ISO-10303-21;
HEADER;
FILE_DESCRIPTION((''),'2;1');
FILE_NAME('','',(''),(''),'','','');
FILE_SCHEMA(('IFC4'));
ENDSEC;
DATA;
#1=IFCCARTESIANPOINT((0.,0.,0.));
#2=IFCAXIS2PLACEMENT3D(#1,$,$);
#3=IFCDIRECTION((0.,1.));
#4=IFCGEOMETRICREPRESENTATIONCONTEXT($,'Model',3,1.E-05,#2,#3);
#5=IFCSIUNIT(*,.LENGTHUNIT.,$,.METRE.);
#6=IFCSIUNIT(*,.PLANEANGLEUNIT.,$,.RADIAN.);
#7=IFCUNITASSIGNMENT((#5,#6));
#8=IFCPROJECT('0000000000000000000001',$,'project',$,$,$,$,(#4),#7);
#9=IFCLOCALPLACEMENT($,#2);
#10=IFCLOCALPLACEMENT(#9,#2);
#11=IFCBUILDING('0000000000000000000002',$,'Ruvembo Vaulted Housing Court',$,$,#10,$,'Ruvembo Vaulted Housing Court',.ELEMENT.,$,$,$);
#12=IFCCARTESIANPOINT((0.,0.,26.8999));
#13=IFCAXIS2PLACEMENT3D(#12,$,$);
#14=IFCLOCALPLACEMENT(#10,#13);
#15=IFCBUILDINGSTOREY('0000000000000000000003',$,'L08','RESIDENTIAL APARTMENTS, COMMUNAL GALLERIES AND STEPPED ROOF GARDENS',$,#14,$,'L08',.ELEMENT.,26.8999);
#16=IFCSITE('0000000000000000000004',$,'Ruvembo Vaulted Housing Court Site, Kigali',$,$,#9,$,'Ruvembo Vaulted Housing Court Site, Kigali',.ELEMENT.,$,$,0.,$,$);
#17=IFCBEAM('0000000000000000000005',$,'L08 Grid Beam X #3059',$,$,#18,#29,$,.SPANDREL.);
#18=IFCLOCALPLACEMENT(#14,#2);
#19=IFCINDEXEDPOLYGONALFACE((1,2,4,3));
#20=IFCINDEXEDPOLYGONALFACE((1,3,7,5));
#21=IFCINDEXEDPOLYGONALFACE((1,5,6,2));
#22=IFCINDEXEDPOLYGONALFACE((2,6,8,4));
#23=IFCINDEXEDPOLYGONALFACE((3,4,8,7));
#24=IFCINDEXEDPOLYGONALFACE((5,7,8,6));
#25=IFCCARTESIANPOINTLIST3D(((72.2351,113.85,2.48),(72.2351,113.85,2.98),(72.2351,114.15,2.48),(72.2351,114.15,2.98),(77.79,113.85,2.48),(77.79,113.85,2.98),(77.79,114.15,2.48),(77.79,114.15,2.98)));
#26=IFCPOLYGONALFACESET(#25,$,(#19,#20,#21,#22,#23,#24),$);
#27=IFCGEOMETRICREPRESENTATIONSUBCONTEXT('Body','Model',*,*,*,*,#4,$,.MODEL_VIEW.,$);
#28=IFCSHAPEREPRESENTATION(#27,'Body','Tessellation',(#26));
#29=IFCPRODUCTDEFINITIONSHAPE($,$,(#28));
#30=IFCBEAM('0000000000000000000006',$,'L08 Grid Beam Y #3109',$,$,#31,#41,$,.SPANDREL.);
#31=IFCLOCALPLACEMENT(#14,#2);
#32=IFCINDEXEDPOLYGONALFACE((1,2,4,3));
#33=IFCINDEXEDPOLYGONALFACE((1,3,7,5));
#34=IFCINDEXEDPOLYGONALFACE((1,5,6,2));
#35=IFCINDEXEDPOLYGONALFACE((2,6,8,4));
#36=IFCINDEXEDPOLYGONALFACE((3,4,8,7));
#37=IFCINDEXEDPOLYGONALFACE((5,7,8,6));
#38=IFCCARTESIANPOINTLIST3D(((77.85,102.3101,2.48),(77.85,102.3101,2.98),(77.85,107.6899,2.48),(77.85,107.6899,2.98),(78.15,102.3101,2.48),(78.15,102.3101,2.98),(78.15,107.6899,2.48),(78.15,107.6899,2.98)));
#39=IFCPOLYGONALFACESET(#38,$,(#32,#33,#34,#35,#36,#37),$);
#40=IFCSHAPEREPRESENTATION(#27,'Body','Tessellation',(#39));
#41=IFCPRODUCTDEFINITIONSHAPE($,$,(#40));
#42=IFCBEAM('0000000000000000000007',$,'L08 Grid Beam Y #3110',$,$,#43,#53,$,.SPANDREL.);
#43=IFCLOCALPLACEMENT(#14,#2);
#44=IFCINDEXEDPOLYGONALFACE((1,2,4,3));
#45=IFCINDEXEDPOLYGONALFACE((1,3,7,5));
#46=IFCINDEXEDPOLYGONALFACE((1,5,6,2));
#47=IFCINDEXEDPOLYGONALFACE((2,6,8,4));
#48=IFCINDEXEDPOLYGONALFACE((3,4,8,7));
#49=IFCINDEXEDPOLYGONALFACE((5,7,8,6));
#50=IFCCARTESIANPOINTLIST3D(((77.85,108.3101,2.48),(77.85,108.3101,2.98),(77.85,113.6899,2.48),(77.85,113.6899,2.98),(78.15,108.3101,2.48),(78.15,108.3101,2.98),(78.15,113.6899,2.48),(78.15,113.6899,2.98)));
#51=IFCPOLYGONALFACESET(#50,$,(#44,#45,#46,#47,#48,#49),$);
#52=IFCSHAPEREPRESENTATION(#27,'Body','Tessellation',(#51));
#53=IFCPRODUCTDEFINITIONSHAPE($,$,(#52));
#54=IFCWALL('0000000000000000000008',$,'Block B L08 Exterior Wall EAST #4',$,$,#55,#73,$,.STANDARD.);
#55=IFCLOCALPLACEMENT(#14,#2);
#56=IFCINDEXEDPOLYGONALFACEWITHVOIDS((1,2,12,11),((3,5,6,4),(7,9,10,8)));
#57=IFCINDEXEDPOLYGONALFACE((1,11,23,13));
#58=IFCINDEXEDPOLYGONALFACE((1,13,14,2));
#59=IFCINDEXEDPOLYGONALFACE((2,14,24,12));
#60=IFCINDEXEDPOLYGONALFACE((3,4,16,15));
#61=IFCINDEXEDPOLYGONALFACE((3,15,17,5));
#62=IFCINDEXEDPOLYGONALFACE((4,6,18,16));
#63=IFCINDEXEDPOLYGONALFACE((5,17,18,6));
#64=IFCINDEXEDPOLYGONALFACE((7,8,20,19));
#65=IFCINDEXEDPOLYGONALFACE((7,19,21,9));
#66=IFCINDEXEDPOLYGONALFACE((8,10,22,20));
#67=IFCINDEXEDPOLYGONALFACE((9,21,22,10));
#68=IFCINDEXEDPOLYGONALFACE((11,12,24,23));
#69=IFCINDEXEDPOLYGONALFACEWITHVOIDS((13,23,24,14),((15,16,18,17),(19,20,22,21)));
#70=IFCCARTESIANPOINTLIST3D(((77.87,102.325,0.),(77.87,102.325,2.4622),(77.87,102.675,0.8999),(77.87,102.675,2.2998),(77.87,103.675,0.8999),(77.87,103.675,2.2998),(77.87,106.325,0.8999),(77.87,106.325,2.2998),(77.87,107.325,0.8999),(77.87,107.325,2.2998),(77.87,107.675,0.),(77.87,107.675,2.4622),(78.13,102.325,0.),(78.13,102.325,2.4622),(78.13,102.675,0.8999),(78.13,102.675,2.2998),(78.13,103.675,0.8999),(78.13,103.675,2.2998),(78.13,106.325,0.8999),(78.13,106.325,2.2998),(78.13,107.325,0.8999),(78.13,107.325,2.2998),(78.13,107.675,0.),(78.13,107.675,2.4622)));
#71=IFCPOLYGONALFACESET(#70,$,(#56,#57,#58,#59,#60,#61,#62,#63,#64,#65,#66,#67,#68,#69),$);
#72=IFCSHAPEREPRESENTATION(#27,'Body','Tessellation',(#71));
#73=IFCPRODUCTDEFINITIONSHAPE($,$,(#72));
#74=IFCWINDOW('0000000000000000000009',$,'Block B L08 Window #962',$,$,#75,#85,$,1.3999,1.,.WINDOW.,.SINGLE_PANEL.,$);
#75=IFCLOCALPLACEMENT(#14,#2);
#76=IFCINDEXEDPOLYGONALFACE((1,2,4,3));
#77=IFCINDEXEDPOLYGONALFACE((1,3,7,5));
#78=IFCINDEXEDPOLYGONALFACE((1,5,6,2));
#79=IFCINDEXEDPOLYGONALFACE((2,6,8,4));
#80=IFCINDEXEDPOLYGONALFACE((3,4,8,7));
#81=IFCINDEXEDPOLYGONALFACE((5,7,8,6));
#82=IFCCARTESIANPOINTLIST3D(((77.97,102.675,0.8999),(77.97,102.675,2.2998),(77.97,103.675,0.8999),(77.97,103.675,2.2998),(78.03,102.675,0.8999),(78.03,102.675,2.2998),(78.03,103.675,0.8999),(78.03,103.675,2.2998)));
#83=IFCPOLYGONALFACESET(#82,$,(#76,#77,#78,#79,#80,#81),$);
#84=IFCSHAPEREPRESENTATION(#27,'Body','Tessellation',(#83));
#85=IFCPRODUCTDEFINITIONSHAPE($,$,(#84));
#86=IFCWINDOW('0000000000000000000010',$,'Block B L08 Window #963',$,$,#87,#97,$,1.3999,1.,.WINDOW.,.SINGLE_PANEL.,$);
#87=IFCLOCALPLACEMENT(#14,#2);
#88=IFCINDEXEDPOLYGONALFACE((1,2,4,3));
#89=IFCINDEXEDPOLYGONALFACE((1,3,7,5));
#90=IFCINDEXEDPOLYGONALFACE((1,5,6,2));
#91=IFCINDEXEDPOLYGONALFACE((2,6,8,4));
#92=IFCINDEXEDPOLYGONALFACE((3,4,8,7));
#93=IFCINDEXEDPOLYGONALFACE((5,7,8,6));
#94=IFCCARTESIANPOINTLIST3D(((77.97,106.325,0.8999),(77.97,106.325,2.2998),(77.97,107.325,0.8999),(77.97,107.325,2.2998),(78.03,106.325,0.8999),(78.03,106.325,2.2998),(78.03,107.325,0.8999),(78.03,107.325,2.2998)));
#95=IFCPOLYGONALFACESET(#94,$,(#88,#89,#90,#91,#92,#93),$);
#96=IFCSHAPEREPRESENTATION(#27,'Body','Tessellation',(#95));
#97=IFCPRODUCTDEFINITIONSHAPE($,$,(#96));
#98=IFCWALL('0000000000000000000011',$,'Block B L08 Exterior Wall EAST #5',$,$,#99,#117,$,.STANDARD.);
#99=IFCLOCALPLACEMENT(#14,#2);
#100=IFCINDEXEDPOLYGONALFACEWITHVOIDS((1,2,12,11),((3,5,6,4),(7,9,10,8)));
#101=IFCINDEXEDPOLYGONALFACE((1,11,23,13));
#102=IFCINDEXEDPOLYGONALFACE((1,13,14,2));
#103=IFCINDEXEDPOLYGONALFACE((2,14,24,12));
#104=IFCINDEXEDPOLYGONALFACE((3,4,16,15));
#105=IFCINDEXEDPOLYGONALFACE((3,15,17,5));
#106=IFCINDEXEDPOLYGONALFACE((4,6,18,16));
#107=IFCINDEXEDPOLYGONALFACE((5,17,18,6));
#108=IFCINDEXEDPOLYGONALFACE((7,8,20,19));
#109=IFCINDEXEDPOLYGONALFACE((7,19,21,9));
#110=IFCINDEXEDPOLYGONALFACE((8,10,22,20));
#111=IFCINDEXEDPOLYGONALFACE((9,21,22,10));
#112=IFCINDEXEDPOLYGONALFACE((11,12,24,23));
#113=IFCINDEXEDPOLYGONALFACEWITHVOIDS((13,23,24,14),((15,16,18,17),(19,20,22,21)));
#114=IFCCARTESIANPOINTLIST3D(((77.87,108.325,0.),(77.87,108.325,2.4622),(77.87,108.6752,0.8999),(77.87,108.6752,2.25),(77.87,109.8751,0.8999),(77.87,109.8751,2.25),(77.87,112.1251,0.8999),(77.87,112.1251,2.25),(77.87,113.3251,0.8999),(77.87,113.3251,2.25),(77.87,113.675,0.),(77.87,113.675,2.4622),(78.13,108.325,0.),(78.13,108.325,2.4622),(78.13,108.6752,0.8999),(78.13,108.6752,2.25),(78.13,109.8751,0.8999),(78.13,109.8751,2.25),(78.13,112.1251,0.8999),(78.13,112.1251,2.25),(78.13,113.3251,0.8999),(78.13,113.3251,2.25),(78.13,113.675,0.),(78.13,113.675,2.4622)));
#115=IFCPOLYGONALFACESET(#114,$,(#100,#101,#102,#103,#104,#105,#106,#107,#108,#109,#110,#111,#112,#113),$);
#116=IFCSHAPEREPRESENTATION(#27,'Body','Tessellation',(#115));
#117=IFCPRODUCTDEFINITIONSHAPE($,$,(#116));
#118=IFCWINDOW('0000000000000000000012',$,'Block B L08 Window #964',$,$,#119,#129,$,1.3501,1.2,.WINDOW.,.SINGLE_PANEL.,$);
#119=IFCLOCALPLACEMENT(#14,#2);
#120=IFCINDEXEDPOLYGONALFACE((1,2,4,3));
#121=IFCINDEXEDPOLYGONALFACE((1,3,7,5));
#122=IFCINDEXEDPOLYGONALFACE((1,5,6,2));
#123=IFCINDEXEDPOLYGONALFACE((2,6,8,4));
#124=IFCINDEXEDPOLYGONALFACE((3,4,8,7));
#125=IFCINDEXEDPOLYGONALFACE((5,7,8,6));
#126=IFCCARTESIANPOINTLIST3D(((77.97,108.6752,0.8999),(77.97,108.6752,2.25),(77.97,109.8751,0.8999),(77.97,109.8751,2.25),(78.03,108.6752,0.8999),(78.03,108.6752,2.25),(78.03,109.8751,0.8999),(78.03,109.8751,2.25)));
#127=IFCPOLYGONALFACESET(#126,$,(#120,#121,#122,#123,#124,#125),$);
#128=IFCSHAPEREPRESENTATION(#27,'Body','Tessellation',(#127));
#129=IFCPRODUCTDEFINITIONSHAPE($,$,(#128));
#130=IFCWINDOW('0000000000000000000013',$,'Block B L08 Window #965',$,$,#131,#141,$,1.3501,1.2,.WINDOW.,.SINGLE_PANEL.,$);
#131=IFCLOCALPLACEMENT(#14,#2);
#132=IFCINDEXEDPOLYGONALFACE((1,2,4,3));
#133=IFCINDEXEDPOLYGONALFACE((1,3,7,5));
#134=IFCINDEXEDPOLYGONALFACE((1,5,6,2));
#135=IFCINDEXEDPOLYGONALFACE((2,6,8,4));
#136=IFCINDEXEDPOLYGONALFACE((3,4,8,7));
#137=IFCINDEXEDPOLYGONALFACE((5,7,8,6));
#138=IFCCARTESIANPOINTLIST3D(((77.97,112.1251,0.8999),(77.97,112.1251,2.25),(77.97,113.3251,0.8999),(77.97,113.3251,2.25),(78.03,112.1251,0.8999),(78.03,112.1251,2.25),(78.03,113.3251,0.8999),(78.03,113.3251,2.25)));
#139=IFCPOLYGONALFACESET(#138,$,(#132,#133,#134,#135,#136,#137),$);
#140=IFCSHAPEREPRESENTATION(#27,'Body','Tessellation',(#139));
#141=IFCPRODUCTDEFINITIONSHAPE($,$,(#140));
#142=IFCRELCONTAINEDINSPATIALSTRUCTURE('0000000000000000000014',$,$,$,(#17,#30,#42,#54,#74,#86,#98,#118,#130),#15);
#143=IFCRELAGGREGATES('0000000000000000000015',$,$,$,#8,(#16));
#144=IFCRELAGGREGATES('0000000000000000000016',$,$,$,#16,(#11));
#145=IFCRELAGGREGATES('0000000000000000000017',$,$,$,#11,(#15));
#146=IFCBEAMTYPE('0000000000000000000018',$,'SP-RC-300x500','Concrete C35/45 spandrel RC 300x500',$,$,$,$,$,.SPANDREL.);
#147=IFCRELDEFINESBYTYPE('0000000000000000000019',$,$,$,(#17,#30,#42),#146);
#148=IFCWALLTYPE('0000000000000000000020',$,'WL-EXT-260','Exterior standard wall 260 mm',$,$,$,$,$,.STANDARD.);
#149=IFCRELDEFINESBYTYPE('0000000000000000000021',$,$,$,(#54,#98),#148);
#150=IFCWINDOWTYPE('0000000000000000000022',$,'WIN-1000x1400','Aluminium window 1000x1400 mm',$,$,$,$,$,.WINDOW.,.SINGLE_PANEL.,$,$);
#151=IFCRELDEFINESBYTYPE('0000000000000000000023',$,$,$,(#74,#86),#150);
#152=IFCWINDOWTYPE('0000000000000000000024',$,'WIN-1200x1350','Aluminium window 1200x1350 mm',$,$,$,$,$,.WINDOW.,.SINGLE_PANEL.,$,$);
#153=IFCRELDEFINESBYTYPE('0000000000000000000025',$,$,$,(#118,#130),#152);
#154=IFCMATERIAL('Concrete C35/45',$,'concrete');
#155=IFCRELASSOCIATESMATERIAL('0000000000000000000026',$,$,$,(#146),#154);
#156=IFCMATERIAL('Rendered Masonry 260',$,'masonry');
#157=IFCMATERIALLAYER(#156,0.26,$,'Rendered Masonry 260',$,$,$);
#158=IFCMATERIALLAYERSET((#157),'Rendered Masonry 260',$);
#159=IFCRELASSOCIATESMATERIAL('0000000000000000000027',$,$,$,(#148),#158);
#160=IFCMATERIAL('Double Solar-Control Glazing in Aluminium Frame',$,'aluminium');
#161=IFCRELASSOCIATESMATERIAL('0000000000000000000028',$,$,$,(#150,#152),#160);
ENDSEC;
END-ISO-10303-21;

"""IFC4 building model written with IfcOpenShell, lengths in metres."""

from ifc_helpers import new_model, si_unit, direction, frame, frame_2d, origin, origin_2d, place, context, subcontext, project, spatial, rectangle, extrude, material, layer, layer_set, material_profile, profile_set, type_object, element, fill, save


model = new_model("IFC4")

# Units and contexts
model_context = context("Model", 3, precision=1e-05, world=origin(), true_north=direction((0.0, 1.0)))
body_context = subcontext(model_context, "Body", "Model", "MODEL_VIEW")
ifc_project = project(units=[si_unit("LENGTHUNIT", "METRE"), si_unit("PLANEANGLEUNIT", "RADIAN")], contexts=[model_context])

# Site, building, storey
site_placement = place(None, origin())
site = spatial("IfcSite", under=ifc_project, at=site_placement, Name="Ruvembo Vaulted Housing Court Site, Kigali", LongName="Ruvembo Vaulted Housing Court Site, Kigali", CompositionType="ELEMENT", RefElevation=0.0)
building_placement = place(site_placement, origin())
building = spatial("IfcBuilding", under=site, at=building_placement, Name="Ruvembo Vaulted Housing Court", LongName="Ruvembo Vaulted Housing Court", CompositionType="ELEMENT")
storey_placement = place(building_placement, frame((0.0, 0.0, 26.8999)))
storey = spatial("IfcBuildingStorey", under=building, at=storey_placement, Name="L08", Description="RESIDENTIAL APARTMENTS, COMMUNAL GALLERIES AND STEPPED ROOF GARDENS", LongName="L08", CompositionType="ELEMENT", Elevation=26.8999)

# Shared definitions
ifc_material_1 = material(Name="Concrete C35/45", Category="concrete")

# Beams
ifc_material_profile_1 = material_profile(ifc_material_1, rectangle(XDim=0.3, YDim=0.5, at=origin_2d()), Name="RC 300x500")
ifc_profile_set_1 = profile_set([ifc_material_profile_1], Name="Concrete C35/45")
beam_type_1 = type_object("IfcBeamType", Name="SP-RC-300x500", Description="Concrete C35/45 spandrel RC 300x500", PredefinedType="SPANDREL", material=ifc_profile_set_1)
for number, where, z_axis, x_axis, name in (
    (1, (72.2351, 114.0, 2.73), (1.0, 0.0, 0.0), (0.0, 1.0, 0.0), "L08 Grid Beam X #3059"),
):
    element("IfcBeam", number, at=place(storey_placement, frame(where, z_axis=z_axis, x_axis=x_axis)), inside=storey, type_object=beam_type_1, Name=name, PredefinedType="SPANDREL", context=body_context, shape_type="SweptSolid", body=[
        extrude(rectangle(XDim=0.3, YDim=0.5, at=origin_2d()), origin(), (0.0, 0.0, 1.0), 5.5549),
    ])
for number, where, z_axis, x_axis, name in (
    (2, (78.0, 102.3101, 2.73), (0.0, 1.0, 0.0), (-1.0, 0.0, 0.0), "L08 Grid Beam Y #3109"),
    (3, (78.0, 108.3101, 2.73), (0.0, 1.0, 0.0), (-1.0, 0.0, 0.0), "L08 Grid Beam Y #3110"),
):
    element("IfcBeam", number, at=place(storey_placement, frame(where, z_axis=z_axis, x_axis=x_axis)), inside=storey, type_object=beam_type_1, Name=name, PredefinedType="SPANDREL", context=body_context, shape_type="SweptSolid", body=[
        extrude(rectangle(XDim=0.3, YDim=0.5, at=origin_2d()), origin(), (0.0, 0.0, 1.0), 5.3799),
    ])

# Walls, openings, windows
ifc_material_2 = material(Name="Rendered Masonry 260", Category="masonry")
ifc_layer_1 = layer(ifc_material_2, 0.26, Name="Rendered Masonry 260")
ifc_layer_set_1 = layer_set([ifc_layer_1], Name="Rendered Masonry 260")
wall_type_1 = type_object("IfcWallType", Name="WL-EXT-260", Description="Exterior standard wall 260 mm", PredefinedType="STANDARD", material=ifc_layer_set_1)
wall_1_placement = place(storey_placement, frame((78.0, 102.325, 0.0), z_axis=(0.0, 0.0, 1.0), x_axis=(0.0, 1.0, 0.0)))
wall_1 = element("IfcWall", 4, at=wall_1_placement, inside=storey, type_object=wall_type_1, Name="Block B L08 Exterior Wall EAST #4", PredefinedType="STANDARD", context=body_context, shape_type="SweptSolid", body=[
    extrude(rectangle(XDim=5.3501, YDim=0.26, at=frame_2d((2.675, 0.0))), origin(), (0.0, 0.0, 1.0), 2.4622),
])
opening_1_placement = place(wall_1_placement, frame((0.3501, 0.0, 0.8999)))
opening_1 = element("IfcOpeningElement", 5, at=opening_1_placement, cuts=wall_1, PredefinedType="OPENING", context=body_context, shape_type="SweptSolid", body=[
    extrude(rectangle(XDim=1.0, YDim=1.3999, at=frame_2d((0.5, 0.7))), frame((0.0, 0.1399, 0.0), z_axis=(0.0, -1.0, 0.0), x_axis=(1.0, 0.0, 0.0)), (0.0, 0.0, 1.0), 0.28),
])
opening_2_placement = place(wall_1_placement, frame((4.0, 0.0, 0.8999)))
opening_2 = element("IfcOpeningElement", 6, at=opening_2_placement, cuts=wall_1, PredefinedType="OPENING", context=body_context, shape_type="SweptSolid", body=[
    extrude(rectangle(XDim=1.0, YDim=1.3999, at=frame_2d((0.5, 0.7))), frame((0.0, 0.1399, 0.0), z_axis=(0.0, -1.0, 0.0), x_axis=(1.0, 0.0, 0.0)), (0.0, 0.0, 1.0), 0.28),
])
ifc_material_3 = material(Name="Double Solar-Control Glazing in Aluminium Frame", Category="aluminium")
window_type_1 = type_object("IfcWindowType", Name="WIN-1000x1400", Description="Aluminium window 1000x1400 mm", PartitioningType="SINGLE_PANEL", PredefinedType="WINDOW", material=ifc_material_3)
window_1_placement = place(opening_1_placement, origin())
window_1 = element("IfcWindow", 7, at=window_1_placement, inside=storey, type_object=window_type_1, Name="Block B L08 Window #962", OverallHeight=1.3999, OverallWidth=1.0, PartitioningType="SINGLE_PANEL", PredefinedType="WINDOW", context=body_context, shape_type="SweptSolid", body=[
    extrude(rectangle(XDim=1.0, YDim=1.3999, at=frame_2d((0.5, 0.7))), frame((0.0, 0.03, 0.0), z_axis=(0.0, -1.0, 0.0), x_axis=(1.0, 0.0, 0.0)), (0.0, 0.0, 1.0), 0.0601),
])
fill(opening_1, window_1)
window_2_placement = place(opening_2_placement, origin())
window_2 = element("IfcWindow", 8, at=window_2_placement, inside=storey, type_object=window_type_1, Name="Block B L08 Window #963", OverallHeight=1.3999, OverallWidth=1.0, PartitioningType="SINGLE_PANEL", PredefinedType="WINDOW", context=body_context, shape_type="SweptSolid", body=[
    extrude(rectangle(XDim=1.0, YDim=1.3999, at=frame_2d((0.5, 0.7))), frame((0.0, 0.03, 0.0), z_axis=(0.0, -1.0, 0.0), x_axis=(1.0, 0.0, 0.0)), (0.0, 0.0, 1.0), 0.0601),
])
fill(opening_2, window_2)
wall_2_placement = place(storey_placement, frame((78.0, 108.325, 0.0), z_axis=(0.0, 0.0, 1.0), x_axis=(0.0, 1.0, 0.0)))
wall_2 = element("IfcWall", 9, at=wall_2_placement, inside=storey, type_object=wall_type_1, Name="Block B L08 Exterior Wall EAST #5", PredefinedType="STANDARD", context=body_context, shape_type="SweptSolid", body=[
    extrude(rectangle(XDim=5.3501, YDim=0.26, at=frame_2d((2.675, 0.0))), origin(), (0.0, 0.0, 1.0), 2.4622),
])
opening_3_placement = place(wall_2_placement, frame((0.3501, 0.0, 0.8999)))
opening_3 = element("IfcOpeningElement", 10, at=opening_3_placement, cuts=wall_2, PredefinedType="OPENING", context=body_context, shape_type="SweptSolid", body=[
    extrude(rectangle(XDim=1.2, YDim=1.3501, at=frame_2d((0.6001, 0.675))), frame((0.0, 0.1399, 0.0), z_axis=(0.0, -1.0, 0.0), x_axis=(1.0, 0.0, 0.0)), (0.0, 0.0, 1.0), 0.28),
])
opening_4_placement = place(wall_2_placement, frame((3.8, 0.0, 0.8999)))
opening_4 = element("IfcOpeningElement", 11, at=opening_4_placement, cuts=wall_2, PredefinedType="OPENING", context=body_context, shape_type="SweptSolid", body=[
    extrude(rectangle(XDim=1.2, YDim=1.3501, at=frame_2d((0.6001, 0.675))), frame((0.0, 0.1399, 0.0), z_axis=(0.0, -1.0, 0.0), x_axis=(1.0, 0.0, 0.0)), (0.0, 0.0, 1.0), 0.28),
])
window_type_2 = type_object("IfcWindowType", Name="WIN-1200x1350", Description="Aluminium window 1200x1350 mm", PartitioningType="SINGLE_PANEL", PredefinedType="WINDOW", material=ifc_material_3)
window_3_placement = place(opening_3_placement, origin())
window_3 = element("IfcWindow", 12, at=window_3_placement, inside=storey, type_object=window_type_2, Name="Block B L08 Window #964", OverallHeight=1.3501, OverallWidth=1.2, PartitioningType="SINGLE_PANEL", PredefinedType="WINDOW", context=body_context, shape_type="SweptSolid", body=[
    extrude(rectangle(XDim=1.2, YDim=1.3501, at=frame_2d((0.6001, 0.675))), frame((0.0, 0.03, 0.0), z_axis=(0.0, -1.0, 0.0), x_axis=(1.0, 0.0, 0.0)), (0.0, 0.0, 1.0), 0.0601),
])
fill(opening_3, window_3)
window_4_placement = place(opening_4_placement, origin())
window_4 = element("IfcWindow", 13, at=window_4_placement, inside=storey, type_object=window_type_2, Name="Block B L08 Window #965", OverallHeight=1.3501, OverallWidth=1.2, PartitioningType="SINGLE_PANEL", PredefinedType="WINDOW", context=body_context, shape_type="SweptSolid", body=[
    extrude(rectangle(XDim=1.2, YDim=1.3501, at=frame_2d((0.6001, 0.675))), frame((0.0, 0.03, 0.0), z_axis=(0.0, -1.0, 0.0), x_axis=(1.0, 0.0, 0.0)), (0.0, 0.0, 1.0), 0.0601),
])
fill(opening_4, window_4)

save(model, "model.ifc")
